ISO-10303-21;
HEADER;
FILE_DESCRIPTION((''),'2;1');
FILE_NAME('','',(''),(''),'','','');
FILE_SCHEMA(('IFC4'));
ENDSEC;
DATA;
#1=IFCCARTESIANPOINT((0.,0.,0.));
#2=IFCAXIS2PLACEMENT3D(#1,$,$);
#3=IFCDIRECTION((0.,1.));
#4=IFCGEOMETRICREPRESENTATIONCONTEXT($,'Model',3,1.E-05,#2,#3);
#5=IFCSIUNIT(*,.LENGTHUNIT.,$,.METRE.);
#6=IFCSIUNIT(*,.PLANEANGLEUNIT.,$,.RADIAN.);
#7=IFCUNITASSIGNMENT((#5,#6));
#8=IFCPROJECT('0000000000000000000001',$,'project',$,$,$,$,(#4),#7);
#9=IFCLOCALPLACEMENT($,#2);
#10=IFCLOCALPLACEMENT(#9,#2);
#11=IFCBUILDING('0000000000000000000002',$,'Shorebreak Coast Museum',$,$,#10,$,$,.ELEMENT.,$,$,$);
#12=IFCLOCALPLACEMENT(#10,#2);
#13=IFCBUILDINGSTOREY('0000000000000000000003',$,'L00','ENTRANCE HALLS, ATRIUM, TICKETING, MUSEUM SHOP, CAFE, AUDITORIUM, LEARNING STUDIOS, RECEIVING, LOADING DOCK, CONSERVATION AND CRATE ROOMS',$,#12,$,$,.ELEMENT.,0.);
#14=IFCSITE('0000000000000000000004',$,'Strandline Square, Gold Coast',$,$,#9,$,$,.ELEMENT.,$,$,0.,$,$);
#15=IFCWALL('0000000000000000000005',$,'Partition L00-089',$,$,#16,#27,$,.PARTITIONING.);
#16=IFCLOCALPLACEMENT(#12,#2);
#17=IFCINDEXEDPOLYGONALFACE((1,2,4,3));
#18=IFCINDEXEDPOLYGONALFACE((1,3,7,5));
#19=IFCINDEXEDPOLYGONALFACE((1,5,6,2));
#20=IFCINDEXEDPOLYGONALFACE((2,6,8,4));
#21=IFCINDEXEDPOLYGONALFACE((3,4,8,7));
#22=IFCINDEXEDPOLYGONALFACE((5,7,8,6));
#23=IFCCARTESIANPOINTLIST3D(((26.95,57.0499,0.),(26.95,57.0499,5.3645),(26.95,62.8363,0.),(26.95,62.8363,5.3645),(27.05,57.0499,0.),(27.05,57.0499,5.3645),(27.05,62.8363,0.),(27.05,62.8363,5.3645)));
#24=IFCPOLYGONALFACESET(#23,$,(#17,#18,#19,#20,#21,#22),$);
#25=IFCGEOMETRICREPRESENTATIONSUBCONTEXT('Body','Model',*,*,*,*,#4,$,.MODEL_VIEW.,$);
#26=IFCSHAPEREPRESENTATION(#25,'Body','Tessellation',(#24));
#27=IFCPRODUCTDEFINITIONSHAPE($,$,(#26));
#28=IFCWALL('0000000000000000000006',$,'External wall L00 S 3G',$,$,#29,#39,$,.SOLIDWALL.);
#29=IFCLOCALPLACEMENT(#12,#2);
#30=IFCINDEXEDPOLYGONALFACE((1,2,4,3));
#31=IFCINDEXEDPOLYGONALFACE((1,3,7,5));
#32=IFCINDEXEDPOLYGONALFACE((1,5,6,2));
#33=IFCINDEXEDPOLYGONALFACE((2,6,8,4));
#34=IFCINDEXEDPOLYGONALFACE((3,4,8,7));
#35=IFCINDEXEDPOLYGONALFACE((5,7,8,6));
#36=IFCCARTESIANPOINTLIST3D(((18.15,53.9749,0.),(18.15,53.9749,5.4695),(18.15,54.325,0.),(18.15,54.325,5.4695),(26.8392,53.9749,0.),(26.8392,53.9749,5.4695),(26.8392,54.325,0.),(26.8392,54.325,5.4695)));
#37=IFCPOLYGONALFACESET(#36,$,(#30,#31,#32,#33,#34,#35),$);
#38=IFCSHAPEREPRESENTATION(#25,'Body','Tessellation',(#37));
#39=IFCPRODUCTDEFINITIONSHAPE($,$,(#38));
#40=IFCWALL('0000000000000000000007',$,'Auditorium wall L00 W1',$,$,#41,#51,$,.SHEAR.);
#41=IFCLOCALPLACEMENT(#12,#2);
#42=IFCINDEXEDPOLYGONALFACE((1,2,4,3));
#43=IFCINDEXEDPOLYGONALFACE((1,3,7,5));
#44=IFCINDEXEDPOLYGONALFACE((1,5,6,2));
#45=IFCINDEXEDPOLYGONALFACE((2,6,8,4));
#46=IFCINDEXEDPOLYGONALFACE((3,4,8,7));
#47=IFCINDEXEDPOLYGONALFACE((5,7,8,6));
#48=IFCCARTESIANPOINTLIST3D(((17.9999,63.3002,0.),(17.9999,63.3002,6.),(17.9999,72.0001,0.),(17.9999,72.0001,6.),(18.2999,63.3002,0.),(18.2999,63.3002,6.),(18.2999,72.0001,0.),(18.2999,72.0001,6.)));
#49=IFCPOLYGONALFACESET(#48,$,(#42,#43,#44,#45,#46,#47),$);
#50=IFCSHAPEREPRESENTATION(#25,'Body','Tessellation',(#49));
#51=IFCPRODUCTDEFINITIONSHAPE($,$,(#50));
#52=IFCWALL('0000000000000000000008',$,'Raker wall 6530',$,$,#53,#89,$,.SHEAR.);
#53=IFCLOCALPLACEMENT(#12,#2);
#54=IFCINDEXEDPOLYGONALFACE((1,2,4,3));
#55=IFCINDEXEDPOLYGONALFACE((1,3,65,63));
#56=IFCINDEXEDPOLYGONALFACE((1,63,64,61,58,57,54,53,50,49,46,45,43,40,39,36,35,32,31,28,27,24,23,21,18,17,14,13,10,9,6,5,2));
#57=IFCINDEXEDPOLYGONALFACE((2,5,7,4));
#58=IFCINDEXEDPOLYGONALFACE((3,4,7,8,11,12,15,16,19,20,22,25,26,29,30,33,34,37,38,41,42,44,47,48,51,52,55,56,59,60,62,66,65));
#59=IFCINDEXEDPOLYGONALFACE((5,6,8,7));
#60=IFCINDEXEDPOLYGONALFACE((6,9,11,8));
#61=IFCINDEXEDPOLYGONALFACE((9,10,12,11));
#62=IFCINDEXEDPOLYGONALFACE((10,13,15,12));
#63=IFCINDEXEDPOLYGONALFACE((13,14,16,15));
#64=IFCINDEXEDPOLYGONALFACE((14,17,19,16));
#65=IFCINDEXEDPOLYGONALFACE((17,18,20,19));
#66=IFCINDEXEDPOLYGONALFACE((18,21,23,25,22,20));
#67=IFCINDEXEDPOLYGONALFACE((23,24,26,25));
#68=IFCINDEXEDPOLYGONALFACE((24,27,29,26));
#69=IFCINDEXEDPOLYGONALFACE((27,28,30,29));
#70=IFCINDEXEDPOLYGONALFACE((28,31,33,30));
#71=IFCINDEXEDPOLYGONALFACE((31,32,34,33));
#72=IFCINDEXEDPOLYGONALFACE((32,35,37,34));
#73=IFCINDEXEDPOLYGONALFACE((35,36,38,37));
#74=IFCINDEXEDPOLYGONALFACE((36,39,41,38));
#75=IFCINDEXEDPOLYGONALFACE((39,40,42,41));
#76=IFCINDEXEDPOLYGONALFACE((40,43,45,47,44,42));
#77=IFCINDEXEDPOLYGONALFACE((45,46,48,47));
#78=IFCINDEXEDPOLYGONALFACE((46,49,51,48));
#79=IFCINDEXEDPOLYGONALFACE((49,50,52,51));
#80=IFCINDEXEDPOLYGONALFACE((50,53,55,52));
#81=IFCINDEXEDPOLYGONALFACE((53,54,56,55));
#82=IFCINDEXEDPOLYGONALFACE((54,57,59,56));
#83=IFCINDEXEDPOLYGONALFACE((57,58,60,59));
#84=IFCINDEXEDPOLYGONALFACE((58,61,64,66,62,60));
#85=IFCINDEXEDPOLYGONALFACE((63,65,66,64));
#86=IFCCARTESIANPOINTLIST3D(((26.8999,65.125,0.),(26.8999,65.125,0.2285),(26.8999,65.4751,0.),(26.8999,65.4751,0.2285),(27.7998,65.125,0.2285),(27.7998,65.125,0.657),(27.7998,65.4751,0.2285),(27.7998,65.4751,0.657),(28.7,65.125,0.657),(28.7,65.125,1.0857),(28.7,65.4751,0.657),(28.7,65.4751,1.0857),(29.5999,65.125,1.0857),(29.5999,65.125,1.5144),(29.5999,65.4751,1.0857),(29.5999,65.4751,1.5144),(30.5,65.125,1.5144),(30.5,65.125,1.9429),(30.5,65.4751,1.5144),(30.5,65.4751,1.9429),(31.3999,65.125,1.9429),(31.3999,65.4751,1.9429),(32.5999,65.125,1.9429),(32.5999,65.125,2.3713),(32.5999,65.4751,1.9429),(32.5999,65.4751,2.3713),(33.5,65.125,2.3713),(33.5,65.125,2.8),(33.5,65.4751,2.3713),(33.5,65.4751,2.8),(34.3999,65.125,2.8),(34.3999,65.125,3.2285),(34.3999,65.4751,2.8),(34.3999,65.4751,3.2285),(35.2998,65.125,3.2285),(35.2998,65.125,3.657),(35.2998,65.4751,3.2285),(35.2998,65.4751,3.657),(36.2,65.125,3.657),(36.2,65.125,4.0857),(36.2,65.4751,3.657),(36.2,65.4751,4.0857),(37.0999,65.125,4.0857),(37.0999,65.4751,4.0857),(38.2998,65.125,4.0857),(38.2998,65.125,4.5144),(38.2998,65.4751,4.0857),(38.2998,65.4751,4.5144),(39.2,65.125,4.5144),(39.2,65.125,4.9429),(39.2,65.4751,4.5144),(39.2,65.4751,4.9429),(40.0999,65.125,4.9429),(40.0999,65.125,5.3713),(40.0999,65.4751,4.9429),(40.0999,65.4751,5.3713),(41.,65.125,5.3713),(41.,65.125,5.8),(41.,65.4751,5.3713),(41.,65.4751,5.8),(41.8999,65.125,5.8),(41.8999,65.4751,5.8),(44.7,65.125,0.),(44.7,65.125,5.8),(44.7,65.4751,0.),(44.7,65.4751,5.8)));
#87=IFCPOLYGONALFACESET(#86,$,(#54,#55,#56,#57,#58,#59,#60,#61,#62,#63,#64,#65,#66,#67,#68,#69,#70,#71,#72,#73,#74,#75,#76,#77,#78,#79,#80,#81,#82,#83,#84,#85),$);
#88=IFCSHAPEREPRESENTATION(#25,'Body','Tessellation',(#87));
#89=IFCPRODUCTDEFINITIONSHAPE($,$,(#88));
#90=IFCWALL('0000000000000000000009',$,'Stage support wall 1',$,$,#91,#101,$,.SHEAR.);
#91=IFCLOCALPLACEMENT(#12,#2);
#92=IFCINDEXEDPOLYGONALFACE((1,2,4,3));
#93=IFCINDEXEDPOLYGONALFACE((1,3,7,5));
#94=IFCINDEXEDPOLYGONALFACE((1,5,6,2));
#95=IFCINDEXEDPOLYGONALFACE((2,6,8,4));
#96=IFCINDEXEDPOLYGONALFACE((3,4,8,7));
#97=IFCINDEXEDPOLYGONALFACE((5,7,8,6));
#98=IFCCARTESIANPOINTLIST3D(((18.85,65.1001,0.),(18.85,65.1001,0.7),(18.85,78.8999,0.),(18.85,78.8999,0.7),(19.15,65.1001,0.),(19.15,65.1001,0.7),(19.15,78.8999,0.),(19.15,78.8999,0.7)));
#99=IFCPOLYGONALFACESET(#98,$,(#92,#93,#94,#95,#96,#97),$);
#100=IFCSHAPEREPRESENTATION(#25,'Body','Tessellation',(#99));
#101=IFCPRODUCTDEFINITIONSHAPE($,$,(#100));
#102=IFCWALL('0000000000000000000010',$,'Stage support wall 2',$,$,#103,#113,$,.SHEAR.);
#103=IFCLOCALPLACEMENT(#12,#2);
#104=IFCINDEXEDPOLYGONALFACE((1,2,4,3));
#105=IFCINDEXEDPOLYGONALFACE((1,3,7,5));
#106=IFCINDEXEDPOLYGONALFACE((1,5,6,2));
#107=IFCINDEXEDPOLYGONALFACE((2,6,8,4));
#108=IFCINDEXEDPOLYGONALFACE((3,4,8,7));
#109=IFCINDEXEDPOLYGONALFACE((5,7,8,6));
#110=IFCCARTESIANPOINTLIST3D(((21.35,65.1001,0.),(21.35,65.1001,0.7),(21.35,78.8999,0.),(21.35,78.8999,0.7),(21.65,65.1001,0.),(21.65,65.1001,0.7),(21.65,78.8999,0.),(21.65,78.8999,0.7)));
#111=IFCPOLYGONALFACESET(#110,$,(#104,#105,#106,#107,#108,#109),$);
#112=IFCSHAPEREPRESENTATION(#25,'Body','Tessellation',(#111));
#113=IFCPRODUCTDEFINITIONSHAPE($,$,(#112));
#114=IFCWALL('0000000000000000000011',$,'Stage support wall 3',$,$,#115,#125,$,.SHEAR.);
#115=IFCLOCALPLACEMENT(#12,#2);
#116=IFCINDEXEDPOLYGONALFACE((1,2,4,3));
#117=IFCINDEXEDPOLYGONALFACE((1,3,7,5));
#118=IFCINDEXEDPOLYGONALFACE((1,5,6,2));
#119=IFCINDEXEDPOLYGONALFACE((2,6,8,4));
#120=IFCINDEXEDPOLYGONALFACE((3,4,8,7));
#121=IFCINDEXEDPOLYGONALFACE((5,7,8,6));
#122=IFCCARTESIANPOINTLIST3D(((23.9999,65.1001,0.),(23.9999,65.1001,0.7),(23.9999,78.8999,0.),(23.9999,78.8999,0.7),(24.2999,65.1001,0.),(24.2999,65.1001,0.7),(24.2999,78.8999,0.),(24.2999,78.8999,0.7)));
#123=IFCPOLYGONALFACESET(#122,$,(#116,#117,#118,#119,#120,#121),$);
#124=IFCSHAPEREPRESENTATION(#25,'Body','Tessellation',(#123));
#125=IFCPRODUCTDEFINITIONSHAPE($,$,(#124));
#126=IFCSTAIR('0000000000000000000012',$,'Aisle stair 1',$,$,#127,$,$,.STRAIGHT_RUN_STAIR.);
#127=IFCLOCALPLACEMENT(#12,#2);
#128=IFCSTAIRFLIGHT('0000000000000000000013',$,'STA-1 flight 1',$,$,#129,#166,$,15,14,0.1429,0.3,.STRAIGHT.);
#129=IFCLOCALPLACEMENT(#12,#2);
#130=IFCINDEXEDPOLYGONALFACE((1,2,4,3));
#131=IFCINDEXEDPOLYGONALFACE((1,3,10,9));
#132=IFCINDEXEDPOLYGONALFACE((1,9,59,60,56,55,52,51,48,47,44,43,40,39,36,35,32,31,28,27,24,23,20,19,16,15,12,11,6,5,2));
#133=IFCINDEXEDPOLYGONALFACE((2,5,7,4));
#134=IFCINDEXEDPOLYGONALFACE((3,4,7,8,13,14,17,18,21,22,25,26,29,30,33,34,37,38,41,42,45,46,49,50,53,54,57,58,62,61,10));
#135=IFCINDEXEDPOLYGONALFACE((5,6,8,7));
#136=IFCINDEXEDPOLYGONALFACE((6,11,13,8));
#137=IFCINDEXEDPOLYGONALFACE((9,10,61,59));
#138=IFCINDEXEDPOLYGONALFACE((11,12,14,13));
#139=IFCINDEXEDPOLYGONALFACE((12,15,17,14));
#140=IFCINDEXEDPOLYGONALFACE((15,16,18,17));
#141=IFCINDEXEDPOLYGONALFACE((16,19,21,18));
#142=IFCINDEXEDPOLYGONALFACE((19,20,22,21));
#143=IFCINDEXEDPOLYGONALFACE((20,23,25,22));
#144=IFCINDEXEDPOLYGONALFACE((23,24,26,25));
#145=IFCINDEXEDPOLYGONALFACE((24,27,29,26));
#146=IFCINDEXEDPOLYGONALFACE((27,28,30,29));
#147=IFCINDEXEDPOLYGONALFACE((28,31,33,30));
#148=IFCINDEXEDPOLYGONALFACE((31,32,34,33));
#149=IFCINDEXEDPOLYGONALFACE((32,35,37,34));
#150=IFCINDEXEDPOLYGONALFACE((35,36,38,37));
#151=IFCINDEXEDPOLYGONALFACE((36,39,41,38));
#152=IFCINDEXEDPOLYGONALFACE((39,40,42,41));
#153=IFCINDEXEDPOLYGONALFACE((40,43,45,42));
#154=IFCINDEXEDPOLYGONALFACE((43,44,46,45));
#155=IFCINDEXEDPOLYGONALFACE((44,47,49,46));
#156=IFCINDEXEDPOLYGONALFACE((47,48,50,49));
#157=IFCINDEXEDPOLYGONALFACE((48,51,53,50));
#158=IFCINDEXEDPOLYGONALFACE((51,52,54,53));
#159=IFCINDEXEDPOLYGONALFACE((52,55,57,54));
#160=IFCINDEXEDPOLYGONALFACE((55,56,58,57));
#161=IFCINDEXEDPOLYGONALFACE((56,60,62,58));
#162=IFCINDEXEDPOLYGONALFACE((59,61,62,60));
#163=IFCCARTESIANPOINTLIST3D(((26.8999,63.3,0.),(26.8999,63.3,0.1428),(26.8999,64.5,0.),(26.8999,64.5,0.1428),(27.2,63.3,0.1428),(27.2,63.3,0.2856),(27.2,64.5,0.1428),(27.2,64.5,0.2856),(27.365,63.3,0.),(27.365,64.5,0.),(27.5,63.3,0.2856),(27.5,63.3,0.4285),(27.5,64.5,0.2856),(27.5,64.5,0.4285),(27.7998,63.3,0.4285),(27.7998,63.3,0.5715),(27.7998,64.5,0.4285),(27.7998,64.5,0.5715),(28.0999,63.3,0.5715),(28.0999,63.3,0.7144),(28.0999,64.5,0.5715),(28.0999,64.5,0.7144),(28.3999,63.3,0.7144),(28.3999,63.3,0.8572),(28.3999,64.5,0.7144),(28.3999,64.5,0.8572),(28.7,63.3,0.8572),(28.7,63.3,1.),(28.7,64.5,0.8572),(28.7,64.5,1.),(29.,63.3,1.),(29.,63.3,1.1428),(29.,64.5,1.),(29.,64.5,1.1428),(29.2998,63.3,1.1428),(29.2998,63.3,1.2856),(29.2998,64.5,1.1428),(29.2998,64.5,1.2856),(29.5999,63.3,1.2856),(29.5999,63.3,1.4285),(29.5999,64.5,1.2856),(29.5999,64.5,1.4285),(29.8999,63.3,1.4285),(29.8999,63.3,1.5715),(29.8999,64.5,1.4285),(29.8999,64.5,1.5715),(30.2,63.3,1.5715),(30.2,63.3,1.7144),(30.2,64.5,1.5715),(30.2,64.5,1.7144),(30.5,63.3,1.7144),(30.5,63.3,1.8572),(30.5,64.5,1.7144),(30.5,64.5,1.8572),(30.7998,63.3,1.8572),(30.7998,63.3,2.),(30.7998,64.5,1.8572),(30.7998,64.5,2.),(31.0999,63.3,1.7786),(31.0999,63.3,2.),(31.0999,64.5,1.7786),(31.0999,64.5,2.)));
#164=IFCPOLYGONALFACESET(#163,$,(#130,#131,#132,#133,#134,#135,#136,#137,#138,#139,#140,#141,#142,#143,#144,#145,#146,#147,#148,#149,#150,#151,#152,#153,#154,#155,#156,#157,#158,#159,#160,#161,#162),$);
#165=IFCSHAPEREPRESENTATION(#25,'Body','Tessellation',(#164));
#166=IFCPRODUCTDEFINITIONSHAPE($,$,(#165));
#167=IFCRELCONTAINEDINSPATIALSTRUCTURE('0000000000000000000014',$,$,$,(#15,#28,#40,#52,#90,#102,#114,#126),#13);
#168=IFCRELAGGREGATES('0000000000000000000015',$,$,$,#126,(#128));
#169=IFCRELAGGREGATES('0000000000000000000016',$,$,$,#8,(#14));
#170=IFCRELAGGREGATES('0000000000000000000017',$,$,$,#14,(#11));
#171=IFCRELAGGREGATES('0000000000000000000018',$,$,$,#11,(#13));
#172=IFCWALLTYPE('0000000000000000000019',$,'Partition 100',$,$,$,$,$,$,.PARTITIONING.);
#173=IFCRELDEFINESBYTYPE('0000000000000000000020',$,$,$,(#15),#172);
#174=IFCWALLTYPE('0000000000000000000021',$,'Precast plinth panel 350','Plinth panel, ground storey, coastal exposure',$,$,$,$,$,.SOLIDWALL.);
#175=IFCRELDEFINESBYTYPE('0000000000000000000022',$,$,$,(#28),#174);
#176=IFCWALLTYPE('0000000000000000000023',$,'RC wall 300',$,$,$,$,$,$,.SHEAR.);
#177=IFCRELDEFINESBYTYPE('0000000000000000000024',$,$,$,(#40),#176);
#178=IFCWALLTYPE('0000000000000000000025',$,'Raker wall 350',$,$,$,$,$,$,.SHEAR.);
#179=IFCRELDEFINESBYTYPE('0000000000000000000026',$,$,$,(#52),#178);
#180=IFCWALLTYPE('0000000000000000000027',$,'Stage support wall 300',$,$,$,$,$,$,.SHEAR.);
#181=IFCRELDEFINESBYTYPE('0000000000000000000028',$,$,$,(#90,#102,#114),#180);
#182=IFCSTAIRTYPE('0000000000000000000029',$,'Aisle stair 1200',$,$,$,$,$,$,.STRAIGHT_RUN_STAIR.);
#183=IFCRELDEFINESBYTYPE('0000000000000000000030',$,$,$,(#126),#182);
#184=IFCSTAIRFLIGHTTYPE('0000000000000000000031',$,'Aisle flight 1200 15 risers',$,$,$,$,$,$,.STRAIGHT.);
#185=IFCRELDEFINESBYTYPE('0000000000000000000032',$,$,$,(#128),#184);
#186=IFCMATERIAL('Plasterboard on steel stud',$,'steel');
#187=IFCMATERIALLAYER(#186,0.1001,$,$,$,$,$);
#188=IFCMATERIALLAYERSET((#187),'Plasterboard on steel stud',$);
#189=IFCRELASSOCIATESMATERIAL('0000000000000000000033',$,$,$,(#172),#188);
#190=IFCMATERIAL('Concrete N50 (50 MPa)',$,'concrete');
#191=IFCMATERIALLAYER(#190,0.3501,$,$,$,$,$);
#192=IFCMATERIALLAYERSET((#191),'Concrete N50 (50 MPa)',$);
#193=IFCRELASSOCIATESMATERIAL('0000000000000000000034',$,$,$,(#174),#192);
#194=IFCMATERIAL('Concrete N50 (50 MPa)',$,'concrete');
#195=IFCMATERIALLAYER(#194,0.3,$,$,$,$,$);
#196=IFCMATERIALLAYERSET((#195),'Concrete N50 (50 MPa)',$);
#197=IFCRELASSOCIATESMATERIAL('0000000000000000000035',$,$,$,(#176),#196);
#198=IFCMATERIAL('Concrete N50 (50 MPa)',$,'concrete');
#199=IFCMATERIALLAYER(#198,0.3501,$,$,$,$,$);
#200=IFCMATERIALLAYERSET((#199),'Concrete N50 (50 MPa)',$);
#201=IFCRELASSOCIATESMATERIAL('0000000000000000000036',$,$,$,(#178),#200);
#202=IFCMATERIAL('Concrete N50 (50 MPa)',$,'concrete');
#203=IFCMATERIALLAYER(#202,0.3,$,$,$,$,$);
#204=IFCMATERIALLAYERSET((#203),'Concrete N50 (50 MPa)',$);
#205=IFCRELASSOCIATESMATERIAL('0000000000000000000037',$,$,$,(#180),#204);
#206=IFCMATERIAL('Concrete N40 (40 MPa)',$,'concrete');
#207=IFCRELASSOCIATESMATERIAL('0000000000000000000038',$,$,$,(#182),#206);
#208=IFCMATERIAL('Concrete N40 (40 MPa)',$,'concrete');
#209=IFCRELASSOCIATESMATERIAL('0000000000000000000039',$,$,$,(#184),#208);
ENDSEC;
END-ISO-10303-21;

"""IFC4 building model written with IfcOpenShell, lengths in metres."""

from ifc_helpers import new_model, si_unit, direction, frame, frame_2d, origin, place, context, subcontext, project, spatial, polyline, rectangle, outline, extrude, material, layer, layer_set, type_object, element, aggregate, save


model = new_model("IFC4")

# Units and contexts
model_context = context("Model", 3, precision=1e-05, world=origin(), true_north=direction((0.0, 1.0)))
body_context = subcontext(model_context, "Body", "Model", "MODEL_VIEW")
ifc_project = project(units=[si_unit("LENGTHUNIT", "METRE"), si_unit("PLANEANGLEUNIT", "RADIAN")], contexts=[model_context])

# Site, building, storey
site_placement = place(None, origin())
site = spatial("IfcSite", under=ifc_project, at=site_placement, Name="Strandline Square, Gold Coast", CompositionType="ELEMENT", RefElevation=0.0)
building_placement = place(site_placement, origin())
building = spatial("IfcBuilding", under=site, at=building_placement, Name="Shorebreak Coast Museum", CompositionType="ELEMENT")
storey_placement = place(building_placement, origin())
storey = spatial("IfcBuildingStorey", under=building, at=storey_placement, Name="L00", Description="ENTRANCE HALLS, ATRIUM, TICKETING, MUSEUM SHOP, CAFE, AUDITORIUM, LEARNING STUDIOS, RECEIVING, LOADING DOCK, CONSERVATION AND CRATE ROOMS", CompositionType="ELEMENT", Elevation=0.0)

# Shared definitions
ifc_material_1 = material(Name="Plasterboard on steel stud", Category="steel")
ifc_layer_1 = layer(ifc_material_1, 0.1001)
ifc_layer_set_1 = layer_set([ifc_layer_1], Name="Plasterboard on steel stud")
wall_type_1 = type_object("IfcWallType", Name="Partition 100", PredefinedType="PARTITIONING", material=ifc_layer_set_1)

# Walls
wall_1_placement = place(storey_placement, frame((27.0, 57.05, 0.0), z_axis=(0.0, 0.0, 1.0), x_axis=(0.0, 1.0, 0.0)))
element("IfcWall", 1, at=wall_1_placement, inside=storey, type_object=wall_type_1, Name="Partition L00-089", PredefinedType="PARTITIONING", context=body_context, shape_type="SweptSolid", body=[
    extrude(rectangle(XDim=5.7864, YDim=0.1001, at=frame_2d((2.8931, 0.0))), origin(), (0.0, 0.0, 1.0), 5.3645),
])
ifc_material_2 = material(Name="Concrete N50 (50 MPa)", Category="concrete")
ifc_layer_2 = layer(ifc_material_2, 0.3501)
ifc_layer_set_2 = layer_set([ifc_layer_2], Name="Concrete N50 (50 MPa)")
wall_type_2 = type_object("IfcWallType", Name="Precast plinth panel 350", Description="Plinth panel, ground storey, coastal exposure", PredefinedType="SOLIDWALL", material=ifc_layer_set_2)
wall_2_placement = place(storey_placement, frame((18.1499, 54.1499, 0.0), z_axis=(0.0, 0.0, 1.0), x_axis=(1.0, 0.0, 0.0)))
element("IfcWall", 2, at=wall_2_placement, inside=storey, type_object=wall_type_2, Name="External wall L00 S 3G", PredefinedType="SOLIDWALL", context=body_context, shape_type="SweptSolid", body=[
    extrude(rectangle(XDim=8.6892, YDim=0.3501, at=frame_2d((4.3447, 0.0))), origin(), (0.0, 0.0, 1.0), 5.4695),
])

# Shared definitions
ifc_material_3 = material(Name="Concrete N50 (50 MPa)", Category="concrete")
ifc_layer_3 = layer(ifc_material_3, 0.3)
ifc_layer_set_3 = layer_set([ifc_layer_3], Name="Concrete N50 (50 MPa)")
wall_type_3 = type_object("IfcWallType", Name="RC wall 300", PredefinedType="SHEAR", material=ifc_layer_set_3)

# Walls
wall_3_placement = place(storey_placement, frame((18.1499, 63.3, 0.0), z_axis=(0.0, 0.0, 1.0), x_axis=(0.0, 1.0, 0.0)))
element("IfcWall", 3, at=wall_3_placement, inside=storey, type_object=wall_type_3, Name="Auditorium wall L00 W1", PredefinedType="SHEAR", context=body_context, shape_type="SweptSolid", body=[
    extrude(rectangle(XDim=8.7, YDim=0.3, at=frame_2d((4.3501, 0.0))), origin(), (0.0, 0.0, 1.0), 6.0),
])
ifc_material_4 = material(Name="Concrete N50 (50 MPa)", Category="concrete")
ifc_layer_4 = layer(ifc_material_4, 0.3501)
ifc_layer_set_4 = layer_set([ifc_layer_4], Name="Concrete N50 (50 MPa)")
wall_type_4 = type_object("IfcWallType", Name="Raker wall 350", PredefinedType="SHEAR", material=ifc_layer_set_4)
wall_4_placement = place(storey_placement, frame((26.8999, 65.3, 0.0), z_axis=(0.0, 0.0, 1.0), x_axis=(1.0, 0.0, 0.0)))
element("IfcWall", 4, at=wall_4_placement, inside=storey, type_object=wall_type_4, Name="Raker wall 6530", PredefinedType="SHEAR", context=body_context, shape_type="SweptSolid", body=[
    extrude(outline(polyline([(0.0, 0.0), (17.8, 0.0), (17.8, 5.8), (15.0, 5.8), (14.1001, 5.8), (14.1001, 5.3713), (13.2, 5.3713), (13.2, 4.9429), (12.3, 4.9429), (12.3, 4.5144), (11.3999, 4.5144), (11.3999, 4.0857), (10.2, 4.0857), (9.3, 4.0857), (9.3, 3.657), (8.3999, 3.657), (8.3999, 3.2285), (7.5, 3.2285), (7.5, 2.8), (6.6001, 2.8), (6.6001, 2.3713), (5.7, 2.3713), (5.7, 1.9429), (4.5, 1.9429), (3.6001, 1.9429), (3.6001, 1.5144), (2.7, 1.5144), (2.7, 1.0857), (1.8, 1.0857), (1.8, 0.657), (0.8999, 0.657), (0.8999, 0.2285), (0.0, 0.2285), (0.0, 0.0)])), frame((0.0, 0.175, 0.0), z_axis=(0.0, -1.0, 0.0), x_axis=(1.0, 0.0, 0.0)), (0.0, 0.0, 1.0), 0.3501),
])
ifc_material_5 = material(Name="Concrete N50 (50 MPa)", Category="concrete")
ifc_layer_5 = layer(ifc_material_5, 0.3)
ifc_layer_set_5 = layer_set([ifc_layer_5], Name="Concrete N50 (50 MPa)")
wall_type_5 = type_object("IfcWallType", Name="Stage support wall 300", PredefinedType="SHEAR", material=ifc_layer_set_5)
for number, where, z_axis, x_axis, name in (
    (5, (19.0, 65.1001, 0.0), (0.0, 0.0, 1.0), (0.0, 1.0, 0.0), "Stage support wall 1"),
    (6, (21.5, 65.1001, 0.0), (0.0, 0.0, 1.0), (0.0, 1.0, 0.0), "Stage support wall 2"),
    (7, (24.1499, 65.1001, 0.0), (0.0, 0.0, 1.0), (0.0, 1.0, 0.0), "Stage support wall 3"),
):
    element("IfcWall", number, at=place(storey_placement, frame(where, z_axis=z_axis, x_axis=x_axis)), inside=storey, type_object=wall_type_5, Name=name, PredefinedType="SHEAR", context=body_context, shape_type="SweptSolid", body=[
        extrude(rectangle(XDim=13.7998, YDim=0.3, at=frame_2d((6.8999, 0.0))), origin(), (0.0, 0.0, 1.0), 0.7),
    ])

# Stair, stair flight
ifc_material_6 = material(Name="Concrete N40 (40 MPa)", Category="concrete")
stair_type_1 = type_object("IfcStairType", Name="Aisle stair 1200", PredefinedType="STRAIGHT_RUN_STAIR", material=ifc_material_6)
stair_1_placement = place(storey_placement, origin())
stair_1 = element("IfcStair", 8, at=stair_1_placement, inside=storey, type_object=stair_type_1, Name="Aisle stair 1", PredefinedType="STRAIGHT_RUN_STAIR")
ifc_material_7 = material(Name="Concrete N40 (40 MPa)", Category="concrete")
stair_flight_type_1 = type_object("IfcStairFlightType", Name="Aisle flight 1200 15 risers", PredefinedType="STRAIGHT", material=ifc_material_7)
stair_flight_1_placement = place(storey_placement, frame((26.8999, 63.8999, 0.0), z_axis=(0.0, 0.0, 1.0), x_axis=(1.0, 0.0, 0.0)))
stair_flight_1 = element("IfcStairFlight", 9, at=stair_flight_1_placement, type_object=stair_flight_type_1, Name="STA-1 flight 1", NumberOfRisers=15, NumberOfTreads=14, PredefinedType="STRAIGHT", RiserHeight=0.1429, TreadLength=0.3, context=body_context, shape_type="SweptSolid", body=[
    extrude(outline(polyline([(0.0, 0.0), (0.0, 0.1428), (0.3, 0.1428), (0.3, 0.2856), (0.6001, 0.2856), (0.6001, 0.4285), (0.8999, 0.4285), (0.8999, 0.5715), (1.2, 0.5715), (1.2, 0.7144), (1.5, 0.7144), (1.5, 0.8572), (1.8, 0.8572), (1.8, 1.0), (2.1001, 1.0), (2.1001, 1.1428), (2.3999, 1.1428), (2.3999, 1.2856), (2.7, 1.2856), (2.7, 1.4285), (3.0, 1.4285), (3.0, 1.5715), (3.3, 1.5715), (3.3, 1.7144), (3.6001, 1.7144), (3.6001, 1.8572), (3.8999, 1.8572), (3.8999, 2.0), (4.2, 2.0), (4.2, 2.1428), (4.2, 1.7786), (0.4651, 0.0), (0.0, 0.0)])), frame((0.0, 0.6001, 0.0), z_axis=(0.0, -1.0, 0.0), x_axis=(1.0, 0.0, 0.0)), (0.0, 0.0, 1.0), 1.2),
])
aggregate(stair_1, [stair_flight_1])

save(model, "model.ifc")
